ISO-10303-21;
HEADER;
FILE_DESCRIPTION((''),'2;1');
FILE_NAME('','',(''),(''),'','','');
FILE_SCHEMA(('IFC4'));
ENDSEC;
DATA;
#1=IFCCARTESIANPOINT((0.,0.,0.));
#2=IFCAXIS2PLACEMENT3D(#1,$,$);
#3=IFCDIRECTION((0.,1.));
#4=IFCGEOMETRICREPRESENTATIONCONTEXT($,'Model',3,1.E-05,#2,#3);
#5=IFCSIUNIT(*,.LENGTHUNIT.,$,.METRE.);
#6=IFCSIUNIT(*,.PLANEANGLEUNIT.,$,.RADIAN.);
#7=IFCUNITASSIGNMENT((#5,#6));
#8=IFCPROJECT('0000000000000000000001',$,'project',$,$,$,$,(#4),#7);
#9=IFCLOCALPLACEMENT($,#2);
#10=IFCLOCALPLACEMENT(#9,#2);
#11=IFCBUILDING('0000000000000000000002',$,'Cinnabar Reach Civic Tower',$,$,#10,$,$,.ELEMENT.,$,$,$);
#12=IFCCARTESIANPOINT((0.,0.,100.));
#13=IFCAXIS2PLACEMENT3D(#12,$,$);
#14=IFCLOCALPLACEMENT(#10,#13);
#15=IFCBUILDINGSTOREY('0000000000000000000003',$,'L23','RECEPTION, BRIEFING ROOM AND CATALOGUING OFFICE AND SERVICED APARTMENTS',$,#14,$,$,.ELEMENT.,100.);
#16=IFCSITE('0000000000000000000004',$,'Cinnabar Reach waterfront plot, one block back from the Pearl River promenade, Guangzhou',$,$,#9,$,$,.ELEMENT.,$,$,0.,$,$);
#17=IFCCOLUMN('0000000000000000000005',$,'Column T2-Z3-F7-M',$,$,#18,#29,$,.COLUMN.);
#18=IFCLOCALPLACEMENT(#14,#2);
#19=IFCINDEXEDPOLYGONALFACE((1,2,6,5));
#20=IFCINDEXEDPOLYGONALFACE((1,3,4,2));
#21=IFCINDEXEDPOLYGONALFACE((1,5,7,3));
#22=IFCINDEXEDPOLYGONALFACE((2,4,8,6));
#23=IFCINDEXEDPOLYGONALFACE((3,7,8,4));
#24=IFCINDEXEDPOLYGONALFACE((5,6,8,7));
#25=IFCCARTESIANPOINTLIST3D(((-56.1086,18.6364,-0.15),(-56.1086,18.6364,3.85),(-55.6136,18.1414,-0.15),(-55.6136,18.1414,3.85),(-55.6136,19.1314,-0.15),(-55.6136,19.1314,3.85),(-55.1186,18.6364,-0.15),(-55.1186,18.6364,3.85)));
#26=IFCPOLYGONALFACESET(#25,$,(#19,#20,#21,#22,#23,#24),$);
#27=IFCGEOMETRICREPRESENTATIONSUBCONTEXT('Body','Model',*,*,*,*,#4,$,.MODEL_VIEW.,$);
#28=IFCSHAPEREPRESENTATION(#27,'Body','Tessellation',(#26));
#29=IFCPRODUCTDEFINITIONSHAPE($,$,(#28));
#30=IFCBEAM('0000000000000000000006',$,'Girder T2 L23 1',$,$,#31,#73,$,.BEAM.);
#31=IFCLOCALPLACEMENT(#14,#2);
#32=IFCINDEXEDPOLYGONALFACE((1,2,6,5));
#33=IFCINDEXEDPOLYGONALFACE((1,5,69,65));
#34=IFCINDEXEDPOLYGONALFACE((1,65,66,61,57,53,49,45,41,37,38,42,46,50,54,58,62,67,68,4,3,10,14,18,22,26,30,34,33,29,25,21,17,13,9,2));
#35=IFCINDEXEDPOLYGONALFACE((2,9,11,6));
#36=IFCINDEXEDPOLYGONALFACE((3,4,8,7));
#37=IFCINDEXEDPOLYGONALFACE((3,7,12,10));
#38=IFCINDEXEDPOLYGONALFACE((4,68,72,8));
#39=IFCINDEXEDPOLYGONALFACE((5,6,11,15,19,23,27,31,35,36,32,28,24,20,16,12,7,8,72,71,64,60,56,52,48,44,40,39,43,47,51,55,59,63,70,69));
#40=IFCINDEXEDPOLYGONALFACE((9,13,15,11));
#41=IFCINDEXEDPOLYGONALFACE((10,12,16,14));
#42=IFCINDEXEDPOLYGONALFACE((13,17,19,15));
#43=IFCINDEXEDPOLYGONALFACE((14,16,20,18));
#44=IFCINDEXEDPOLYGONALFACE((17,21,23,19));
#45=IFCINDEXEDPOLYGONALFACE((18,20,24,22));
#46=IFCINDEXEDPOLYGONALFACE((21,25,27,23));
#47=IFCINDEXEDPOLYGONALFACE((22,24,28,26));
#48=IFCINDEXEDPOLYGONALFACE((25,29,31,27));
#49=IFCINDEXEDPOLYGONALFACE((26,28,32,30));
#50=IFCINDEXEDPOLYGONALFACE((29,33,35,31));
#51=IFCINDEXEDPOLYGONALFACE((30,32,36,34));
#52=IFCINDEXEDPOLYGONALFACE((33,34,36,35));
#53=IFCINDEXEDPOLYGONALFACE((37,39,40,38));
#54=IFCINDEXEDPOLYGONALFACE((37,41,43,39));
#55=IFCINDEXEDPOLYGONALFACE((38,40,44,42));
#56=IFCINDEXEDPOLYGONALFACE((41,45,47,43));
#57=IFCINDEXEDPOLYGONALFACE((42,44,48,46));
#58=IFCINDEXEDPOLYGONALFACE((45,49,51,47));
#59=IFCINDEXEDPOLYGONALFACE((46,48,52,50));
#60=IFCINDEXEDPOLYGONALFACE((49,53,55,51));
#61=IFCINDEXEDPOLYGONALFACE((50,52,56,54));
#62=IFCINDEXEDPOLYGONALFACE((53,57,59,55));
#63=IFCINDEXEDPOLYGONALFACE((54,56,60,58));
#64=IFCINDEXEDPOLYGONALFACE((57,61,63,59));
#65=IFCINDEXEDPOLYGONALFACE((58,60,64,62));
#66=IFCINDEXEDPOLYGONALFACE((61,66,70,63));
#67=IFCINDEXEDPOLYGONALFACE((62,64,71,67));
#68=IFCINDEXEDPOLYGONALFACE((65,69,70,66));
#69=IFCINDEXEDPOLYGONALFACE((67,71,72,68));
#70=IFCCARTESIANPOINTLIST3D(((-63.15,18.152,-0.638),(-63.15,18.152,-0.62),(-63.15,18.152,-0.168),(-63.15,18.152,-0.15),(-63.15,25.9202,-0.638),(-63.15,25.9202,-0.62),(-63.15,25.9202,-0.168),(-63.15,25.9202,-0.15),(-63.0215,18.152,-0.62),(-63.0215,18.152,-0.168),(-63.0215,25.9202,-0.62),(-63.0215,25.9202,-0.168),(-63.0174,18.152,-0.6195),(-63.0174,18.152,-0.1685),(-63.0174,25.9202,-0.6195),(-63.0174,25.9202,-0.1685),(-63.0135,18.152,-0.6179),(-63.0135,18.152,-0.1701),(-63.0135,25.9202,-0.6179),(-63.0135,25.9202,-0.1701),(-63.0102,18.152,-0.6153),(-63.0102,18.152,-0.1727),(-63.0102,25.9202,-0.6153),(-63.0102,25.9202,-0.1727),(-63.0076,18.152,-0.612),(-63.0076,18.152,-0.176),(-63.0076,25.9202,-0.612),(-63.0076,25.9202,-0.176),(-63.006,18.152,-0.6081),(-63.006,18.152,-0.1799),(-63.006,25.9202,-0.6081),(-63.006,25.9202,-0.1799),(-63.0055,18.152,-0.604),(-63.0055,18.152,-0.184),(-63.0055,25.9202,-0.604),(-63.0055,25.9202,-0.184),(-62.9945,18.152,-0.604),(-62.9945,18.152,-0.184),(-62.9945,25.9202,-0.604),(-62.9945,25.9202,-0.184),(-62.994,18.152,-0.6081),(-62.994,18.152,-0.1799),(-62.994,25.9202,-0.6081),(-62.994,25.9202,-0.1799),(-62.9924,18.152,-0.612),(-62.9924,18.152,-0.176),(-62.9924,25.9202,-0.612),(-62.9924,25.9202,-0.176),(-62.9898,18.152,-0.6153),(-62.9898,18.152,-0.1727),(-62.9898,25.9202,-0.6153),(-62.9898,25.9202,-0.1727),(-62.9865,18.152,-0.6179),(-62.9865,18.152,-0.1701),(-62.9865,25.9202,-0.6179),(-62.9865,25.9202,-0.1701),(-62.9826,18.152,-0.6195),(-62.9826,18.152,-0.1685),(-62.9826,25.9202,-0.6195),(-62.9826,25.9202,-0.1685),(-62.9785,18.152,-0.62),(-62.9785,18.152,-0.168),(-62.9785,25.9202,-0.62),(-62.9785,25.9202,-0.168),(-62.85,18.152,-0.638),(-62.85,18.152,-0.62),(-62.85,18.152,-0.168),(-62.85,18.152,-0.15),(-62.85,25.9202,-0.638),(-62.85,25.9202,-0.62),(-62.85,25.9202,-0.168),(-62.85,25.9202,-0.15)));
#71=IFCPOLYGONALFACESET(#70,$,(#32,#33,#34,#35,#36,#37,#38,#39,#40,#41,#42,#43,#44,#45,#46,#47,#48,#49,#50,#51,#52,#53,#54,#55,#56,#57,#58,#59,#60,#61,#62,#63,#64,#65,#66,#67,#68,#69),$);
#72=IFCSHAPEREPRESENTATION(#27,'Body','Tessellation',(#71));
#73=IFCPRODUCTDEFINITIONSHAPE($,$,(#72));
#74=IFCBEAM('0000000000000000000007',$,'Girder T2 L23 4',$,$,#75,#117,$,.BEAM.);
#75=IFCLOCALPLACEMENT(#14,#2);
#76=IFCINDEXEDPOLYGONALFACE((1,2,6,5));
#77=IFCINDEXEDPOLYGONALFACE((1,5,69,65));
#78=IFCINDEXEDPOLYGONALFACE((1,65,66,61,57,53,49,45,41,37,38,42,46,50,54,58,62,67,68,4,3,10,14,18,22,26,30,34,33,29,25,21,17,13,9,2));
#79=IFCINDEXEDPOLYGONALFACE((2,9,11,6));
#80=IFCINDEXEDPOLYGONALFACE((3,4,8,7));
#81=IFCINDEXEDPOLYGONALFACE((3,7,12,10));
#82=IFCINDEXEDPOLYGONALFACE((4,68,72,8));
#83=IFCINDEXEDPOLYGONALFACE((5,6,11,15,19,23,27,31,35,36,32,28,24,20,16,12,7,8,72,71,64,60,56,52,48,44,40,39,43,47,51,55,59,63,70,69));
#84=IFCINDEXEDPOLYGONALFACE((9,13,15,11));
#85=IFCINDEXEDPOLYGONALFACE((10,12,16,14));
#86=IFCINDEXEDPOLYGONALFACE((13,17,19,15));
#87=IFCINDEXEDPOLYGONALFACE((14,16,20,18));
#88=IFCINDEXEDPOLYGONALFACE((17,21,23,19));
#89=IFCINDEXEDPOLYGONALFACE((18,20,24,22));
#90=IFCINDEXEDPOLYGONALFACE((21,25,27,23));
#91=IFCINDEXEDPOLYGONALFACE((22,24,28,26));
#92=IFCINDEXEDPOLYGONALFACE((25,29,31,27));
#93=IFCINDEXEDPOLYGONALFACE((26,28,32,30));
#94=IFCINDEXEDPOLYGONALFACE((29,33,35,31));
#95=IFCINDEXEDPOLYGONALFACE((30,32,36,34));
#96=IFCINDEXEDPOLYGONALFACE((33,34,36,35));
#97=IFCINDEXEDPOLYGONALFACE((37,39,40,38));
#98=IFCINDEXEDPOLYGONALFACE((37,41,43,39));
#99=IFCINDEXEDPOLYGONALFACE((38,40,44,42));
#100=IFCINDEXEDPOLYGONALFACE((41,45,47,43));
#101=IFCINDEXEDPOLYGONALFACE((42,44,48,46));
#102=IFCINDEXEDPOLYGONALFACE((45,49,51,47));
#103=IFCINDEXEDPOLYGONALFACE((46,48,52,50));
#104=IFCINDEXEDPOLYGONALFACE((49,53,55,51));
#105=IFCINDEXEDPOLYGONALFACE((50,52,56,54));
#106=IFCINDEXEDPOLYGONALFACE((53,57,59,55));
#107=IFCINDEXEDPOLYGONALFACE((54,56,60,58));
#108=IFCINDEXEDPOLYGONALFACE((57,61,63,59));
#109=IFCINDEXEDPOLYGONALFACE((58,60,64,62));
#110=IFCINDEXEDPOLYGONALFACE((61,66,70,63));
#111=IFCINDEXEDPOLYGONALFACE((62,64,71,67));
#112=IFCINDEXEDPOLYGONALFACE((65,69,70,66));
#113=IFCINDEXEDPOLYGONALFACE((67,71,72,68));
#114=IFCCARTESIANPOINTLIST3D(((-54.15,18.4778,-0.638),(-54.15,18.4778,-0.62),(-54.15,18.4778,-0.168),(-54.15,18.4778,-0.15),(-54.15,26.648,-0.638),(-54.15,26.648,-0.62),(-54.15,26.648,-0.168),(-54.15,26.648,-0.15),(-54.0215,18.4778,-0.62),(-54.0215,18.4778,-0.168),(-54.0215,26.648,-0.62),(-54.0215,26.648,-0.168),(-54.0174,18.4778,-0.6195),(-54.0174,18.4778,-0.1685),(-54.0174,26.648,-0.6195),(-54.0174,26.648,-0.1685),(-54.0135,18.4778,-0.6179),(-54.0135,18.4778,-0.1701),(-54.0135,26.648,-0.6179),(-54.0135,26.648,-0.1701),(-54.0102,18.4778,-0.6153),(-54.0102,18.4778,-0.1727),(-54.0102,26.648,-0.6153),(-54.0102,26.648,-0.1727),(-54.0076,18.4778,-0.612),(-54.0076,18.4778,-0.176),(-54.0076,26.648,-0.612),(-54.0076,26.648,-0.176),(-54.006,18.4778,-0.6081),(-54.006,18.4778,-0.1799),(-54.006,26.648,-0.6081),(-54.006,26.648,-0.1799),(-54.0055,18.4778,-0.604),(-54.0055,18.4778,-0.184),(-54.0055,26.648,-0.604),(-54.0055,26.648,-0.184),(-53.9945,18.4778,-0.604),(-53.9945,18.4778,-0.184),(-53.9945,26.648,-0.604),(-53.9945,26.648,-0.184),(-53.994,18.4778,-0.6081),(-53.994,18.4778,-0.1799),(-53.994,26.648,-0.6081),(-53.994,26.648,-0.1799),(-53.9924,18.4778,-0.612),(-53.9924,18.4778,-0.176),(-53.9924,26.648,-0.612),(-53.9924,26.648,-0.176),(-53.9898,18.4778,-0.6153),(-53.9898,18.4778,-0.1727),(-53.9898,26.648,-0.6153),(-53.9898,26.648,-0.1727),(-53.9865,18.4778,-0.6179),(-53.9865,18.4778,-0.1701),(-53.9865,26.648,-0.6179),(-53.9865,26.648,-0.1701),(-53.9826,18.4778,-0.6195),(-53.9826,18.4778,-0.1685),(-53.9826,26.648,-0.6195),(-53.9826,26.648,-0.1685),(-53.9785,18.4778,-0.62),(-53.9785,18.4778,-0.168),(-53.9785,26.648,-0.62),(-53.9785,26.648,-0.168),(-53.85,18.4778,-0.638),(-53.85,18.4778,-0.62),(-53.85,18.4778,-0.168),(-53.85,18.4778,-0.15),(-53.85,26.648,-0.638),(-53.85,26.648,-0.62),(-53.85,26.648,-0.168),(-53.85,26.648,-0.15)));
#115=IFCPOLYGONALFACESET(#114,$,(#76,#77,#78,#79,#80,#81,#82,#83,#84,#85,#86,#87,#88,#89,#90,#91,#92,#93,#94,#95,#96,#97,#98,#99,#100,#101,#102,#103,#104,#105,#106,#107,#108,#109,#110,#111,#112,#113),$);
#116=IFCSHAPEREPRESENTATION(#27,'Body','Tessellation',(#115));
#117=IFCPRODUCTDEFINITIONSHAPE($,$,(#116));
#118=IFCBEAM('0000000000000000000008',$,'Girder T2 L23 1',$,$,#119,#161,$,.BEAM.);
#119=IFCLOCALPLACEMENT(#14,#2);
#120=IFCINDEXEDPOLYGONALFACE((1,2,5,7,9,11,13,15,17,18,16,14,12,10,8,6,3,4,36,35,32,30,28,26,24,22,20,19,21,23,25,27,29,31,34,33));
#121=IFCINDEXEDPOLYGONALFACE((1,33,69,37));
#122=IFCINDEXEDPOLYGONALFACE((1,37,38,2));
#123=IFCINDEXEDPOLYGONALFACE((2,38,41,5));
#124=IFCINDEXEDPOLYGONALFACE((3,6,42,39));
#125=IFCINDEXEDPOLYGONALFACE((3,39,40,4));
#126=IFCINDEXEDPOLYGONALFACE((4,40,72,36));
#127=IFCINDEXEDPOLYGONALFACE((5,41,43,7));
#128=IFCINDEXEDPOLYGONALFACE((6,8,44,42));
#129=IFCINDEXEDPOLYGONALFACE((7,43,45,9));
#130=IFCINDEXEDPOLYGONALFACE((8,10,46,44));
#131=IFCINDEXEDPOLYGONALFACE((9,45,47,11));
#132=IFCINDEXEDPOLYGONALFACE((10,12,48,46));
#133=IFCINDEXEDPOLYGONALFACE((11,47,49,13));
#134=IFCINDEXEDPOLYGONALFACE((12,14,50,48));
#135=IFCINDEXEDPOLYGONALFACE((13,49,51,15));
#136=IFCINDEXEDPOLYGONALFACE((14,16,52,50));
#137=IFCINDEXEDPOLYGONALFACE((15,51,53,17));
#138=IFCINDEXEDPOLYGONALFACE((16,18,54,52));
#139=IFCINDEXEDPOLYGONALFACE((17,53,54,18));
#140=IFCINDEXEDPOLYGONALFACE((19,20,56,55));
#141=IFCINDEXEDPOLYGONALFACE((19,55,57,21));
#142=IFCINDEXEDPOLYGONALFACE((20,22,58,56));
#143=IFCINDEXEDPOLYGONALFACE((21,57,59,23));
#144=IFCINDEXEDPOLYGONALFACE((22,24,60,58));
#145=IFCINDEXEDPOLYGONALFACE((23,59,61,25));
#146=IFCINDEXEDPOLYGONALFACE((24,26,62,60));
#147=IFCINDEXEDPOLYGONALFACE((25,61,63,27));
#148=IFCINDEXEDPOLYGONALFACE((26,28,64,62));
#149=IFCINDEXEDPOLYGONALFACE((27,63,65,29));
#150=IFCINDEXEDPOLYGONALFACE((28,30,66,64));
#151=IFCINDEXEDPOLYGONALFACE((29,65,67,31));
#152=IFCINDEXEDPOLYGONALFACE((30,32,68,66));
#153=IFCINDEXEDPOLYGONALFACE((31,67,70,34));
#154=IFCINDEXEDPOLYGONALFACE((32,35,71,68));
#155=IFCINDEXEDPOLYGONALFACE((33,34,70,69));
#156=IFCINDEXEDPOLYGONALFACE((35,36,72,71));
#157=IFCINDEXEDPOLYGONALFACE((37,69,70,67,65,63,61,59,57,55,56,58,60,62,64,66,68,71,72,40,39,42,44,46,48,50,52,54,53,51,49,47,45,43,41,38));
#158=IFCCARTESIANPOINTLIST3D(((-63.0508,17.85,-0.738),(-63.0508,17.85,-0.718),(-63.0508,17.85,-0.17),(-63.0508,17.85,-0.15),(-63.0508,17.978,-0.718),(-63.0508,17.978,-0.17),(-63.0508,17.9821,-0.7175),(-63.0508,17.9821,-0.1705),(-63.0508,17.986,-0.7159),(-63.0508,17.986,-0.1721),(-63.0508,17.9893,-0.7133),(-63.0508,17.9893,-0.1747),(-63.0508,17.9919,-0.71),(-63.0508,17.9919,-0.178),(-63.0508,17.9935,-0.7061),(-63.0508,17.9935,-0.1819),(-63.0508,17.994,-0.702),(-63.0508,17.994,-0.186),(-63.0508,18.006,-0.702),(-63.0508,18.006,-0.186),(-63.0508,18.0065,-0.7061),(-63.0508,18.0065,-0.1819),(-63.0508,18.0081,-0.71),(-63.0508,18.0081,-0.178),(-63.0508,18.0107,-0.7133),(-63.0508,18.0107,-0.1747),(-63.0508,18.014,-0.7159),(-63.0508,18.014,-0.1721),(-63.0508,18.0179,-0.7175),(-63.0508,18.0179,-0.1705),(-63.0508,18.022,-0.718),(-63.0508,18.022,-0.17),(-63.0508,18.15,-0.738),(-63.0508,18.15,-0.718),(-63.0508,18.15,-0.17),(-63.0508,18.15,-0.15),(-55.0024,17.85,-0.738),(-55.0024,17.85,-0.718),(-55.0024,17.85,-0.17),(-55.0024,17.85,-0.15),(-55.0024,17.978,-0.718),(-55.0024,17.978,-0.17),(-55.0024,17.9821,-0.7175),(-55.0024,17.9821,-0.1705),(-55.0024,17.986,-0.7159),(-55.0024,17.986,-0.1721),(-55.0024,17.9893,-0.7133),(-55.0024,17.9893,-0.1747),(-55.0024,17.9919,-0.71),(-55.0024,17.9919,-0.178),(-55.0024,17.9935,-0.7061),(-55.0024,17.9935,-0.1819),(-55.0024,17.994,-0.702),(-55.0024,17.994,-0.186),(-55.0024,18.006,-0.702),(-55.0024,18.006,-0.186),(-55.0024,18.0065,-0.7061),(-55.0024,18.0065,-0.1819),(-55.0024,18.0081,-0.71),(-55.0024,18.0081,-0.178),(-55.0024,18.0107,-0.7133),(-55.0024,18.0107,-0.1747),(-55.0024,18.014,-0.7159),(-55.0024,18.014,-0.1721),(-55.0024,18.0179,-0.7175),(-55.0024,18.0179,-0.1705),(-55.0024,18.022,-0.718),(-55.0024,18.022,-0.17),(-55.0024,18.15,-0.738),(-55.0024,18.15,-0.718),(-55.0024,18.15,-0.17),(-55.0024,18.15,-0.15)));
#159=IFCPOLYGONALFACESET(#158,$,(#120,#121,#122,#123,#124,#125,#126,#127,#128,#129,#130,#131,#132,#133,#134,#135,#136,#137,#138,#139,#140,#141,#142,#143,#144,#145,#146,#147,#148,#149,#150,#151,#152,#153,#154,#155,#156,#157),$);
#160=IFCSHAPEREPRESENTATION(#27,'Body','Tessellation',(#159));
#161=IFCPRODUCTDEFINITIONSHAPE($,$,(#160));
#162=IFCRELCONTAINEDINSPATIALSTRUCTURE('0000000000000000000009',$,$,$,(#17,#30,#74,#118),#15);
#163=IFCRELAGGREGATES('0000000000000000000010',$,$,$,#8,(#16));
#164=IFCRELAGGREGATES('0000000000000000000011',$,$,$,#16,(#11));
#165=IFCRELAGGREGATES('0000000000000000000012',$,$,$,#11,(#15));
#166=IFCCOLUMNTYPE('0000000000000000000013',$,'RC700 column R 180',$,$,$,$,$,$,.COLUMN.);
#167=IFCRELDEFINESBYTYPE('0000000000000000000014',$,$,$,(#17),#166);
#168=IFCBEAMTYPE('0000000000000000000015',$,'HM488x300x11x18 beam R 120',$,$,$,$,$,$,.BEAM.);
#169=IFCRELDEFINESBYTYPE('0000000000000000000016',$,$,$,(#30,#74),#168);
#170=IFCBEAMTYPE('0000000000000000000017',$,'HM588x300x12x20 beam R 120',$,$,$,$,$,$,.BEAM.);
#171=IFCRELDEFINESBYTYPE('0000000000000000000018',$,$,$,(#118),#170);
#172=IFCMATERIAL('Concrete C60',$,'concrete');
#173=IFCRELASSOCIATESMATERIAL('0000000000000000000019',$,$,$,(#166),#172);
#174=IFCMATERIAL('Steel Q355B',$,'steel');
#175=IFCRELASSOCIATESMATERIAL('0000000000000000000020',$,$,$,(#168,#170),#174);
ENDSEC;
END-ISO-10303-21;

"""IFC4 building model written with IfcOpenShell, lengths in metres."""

from ifc_helpers import new_model, si_unit, direction, frame, origin, origin_2d, place, context, subcontext, project, spatial, rectangle, i_section, extrude, material, material_profile, profile_set, type_object, element, save


model = new_model("IFC4")

# Units and contexts
model_context = context("Model", 3, precision=1e-05, world=origin(), true_north=direction((0.0, 1.0)))
body_context = subcontext(model_context, "Body", "Model", "MODEL_VIEW")
ifc_project = project(units=[si_unit("LENGTHUNIT", "METRE"), si_unit("PLANEANGLEUNIT", "RADIAN")], contexts=[model_context])

# Site, building, storey
site_placement = place(None, origin())
site = spatial("IfcSite", under=ifc_project, at=site_placement, Name="Cinnabar Reach waterfront plot, one block back from the Pearl River promenade, Guangzhou", CompositionType="ELEMENT", RefElevation=0.0)
building_placement = place(site_placement, origin())
building = spatial("IfcBuilding", under=site, at=building_placement, Name="Cinnabar Reach Civic Tower", CompositionType="ELEMENT")
storey_placement = place(building_placement, frame((0.0, 0.0, 100.0)))
storey = spatial("IfcBuildingStorey", under=building, at=storey_placement, Name="L23", Description="RECEPTION, BRIEFING ROOM AND CATALOGUING OFFICE AND SERVICED APARTMENTS", CompositionType="ELEMENT", Elevation=100.0)

# Column
ifc_material_1 = material(Name="Concrete C60", Category="concrete")
ifc_material_profile_1 = material_profile(ifc_material_1, rectangle(XDim=0.7, YDim=0.7, at=origin_2d()), Name="RC700")
ifc_profile_set_1 = profile_set([ifc_material_profile_1], Name="Concrete C60")
column_type = type_object("IfcColumnType", Name="RC700 column R 180", PredefinedType="COLUMN", material=ifc_profile_set_1)
column_placement = place(storey_placement, frame((-55.6136, 18.6364, -0.15), z_axis=(0.0, 0.0, 1.0), x_axis=(0.707107, 0.707107, 0.0)))
element("IfcColumn", 1, at=column_placement, inside=storey, type_object=column_type, Name="Column T2-Z3-F7-M", PredefinedType="COLUMN", context=body_context, shape_type="SweptSolid", body=[
    extrude(rectangle(XDim=0.7, YDim=0.7, at=origin_2d()), origin(), (0.0, 0.0, 1.0), 4.0),
])

# Beams
ifc_material_2 = material(Name="Steel Q355B", Category="steel")
ifc_material_profile_2 = material_profile(ifc_material_2, i_section(OverallWidth=0.3, OverallDepth=0.488, WebThickness=0.011, FlangeThickness=0.018, FilletRadius=0.016, at=origin_2d()), Name="HM488x300x11x18")
ifc_profile_set_2 = profile_set([ifc_material_profile_2], Name="Steel Q355B")
beam_type_1 = type_object("IfcBeamType", Name="HM488x300x11x18 beam R 120", PredefinedType="BEAM", material=ifc_profile_set_2)
beam_1_placement = place(storey_placement, frame((-63.0, 18.152, -0.394), z_axis=(0.0, 1.0, 0.0), x_axis=(-1.0, 0.0, 0.0)))
element("IfcBeam", 2, at=beam_1_placement, inside=storey, type_object=beam_type_1, Name="Girder T2 L23 1", PredefinedType="BEAM", context=body_context, shape_type="SweptSolid", body=[
    extrude(i_section(OverallWidth=0.3, OverallDepth=0.488, WebThickness=0.011, FlangeThickness=0.018, FilletRadius=0.016, at=origin_2d()), origin(), (0.0, 0.0, 1.0), 7.7682),
])
beam_2_placement = place(storey_placement, frame((-54.0, 18.4778, -0.394), z_axis=(0.0, 1.0, 0.0), x_axis=(-1.0, 0.0, 0.0)))
element("IfcBeam", 3, at=beam_2_placement, inside=storey, type_object=beam_type_1, Name="Girder T2 L23 4", PredefinedType="BEAM", context=body_context, shape_type="SweptSolid", body=[
    extrude(i_section(OverallWidth=0.3, OverallDepth=0.488, WebThickness=0.011, FlangeThickness=0.018, FilletRadius=0.016, at=origin_2d()), origin(), (0.0, 0.0, 1.0), 8.1702),
])
ifc_material_profile_3 = material_profile(ifc_material_2, i_section(OverallWidth=0.3, OverallDepth=0.588, WebThickness=0.012, FlangeThickness=0.02, FilletRadius=0.016, at=origin_2d()), Name="HM588x300x12x20")
ifc_profile_set_3 = profile_set([ifc_material_profile_3], Name="Steel Q355B")
beam_type_2 = type_object("IfcBeamType", Name="HM588x300x12x20 beam R 120", PredefinedType="BEAM", material=ifc_profile_set_3)
beam_3_placement = place(storey_placement, frame((-63.0508, 18.0, -0.444), z_axis=(1.0, 0.0, 0.0), x_axis=(0.0, 1.0, 0.0)))
element("IfcBeam", 4, at=beam_3_placement, inside=storey, type_object=beam_type_2, Name="Girder T2 L23 1", PredefinedType="BEAM", context=body_context, shape_type="SweptSolid", body=[
    extrude(i_section(OverallWidth=0.3, OverallDepth=0.588, WebThickness=0.012, FlangeThickness=0.02, FilletRadius=0.016, at=origin_2d()), origin(), (0.0, 0.0, 1.0), 8.0484),
])

save(model, "model.ifc")
